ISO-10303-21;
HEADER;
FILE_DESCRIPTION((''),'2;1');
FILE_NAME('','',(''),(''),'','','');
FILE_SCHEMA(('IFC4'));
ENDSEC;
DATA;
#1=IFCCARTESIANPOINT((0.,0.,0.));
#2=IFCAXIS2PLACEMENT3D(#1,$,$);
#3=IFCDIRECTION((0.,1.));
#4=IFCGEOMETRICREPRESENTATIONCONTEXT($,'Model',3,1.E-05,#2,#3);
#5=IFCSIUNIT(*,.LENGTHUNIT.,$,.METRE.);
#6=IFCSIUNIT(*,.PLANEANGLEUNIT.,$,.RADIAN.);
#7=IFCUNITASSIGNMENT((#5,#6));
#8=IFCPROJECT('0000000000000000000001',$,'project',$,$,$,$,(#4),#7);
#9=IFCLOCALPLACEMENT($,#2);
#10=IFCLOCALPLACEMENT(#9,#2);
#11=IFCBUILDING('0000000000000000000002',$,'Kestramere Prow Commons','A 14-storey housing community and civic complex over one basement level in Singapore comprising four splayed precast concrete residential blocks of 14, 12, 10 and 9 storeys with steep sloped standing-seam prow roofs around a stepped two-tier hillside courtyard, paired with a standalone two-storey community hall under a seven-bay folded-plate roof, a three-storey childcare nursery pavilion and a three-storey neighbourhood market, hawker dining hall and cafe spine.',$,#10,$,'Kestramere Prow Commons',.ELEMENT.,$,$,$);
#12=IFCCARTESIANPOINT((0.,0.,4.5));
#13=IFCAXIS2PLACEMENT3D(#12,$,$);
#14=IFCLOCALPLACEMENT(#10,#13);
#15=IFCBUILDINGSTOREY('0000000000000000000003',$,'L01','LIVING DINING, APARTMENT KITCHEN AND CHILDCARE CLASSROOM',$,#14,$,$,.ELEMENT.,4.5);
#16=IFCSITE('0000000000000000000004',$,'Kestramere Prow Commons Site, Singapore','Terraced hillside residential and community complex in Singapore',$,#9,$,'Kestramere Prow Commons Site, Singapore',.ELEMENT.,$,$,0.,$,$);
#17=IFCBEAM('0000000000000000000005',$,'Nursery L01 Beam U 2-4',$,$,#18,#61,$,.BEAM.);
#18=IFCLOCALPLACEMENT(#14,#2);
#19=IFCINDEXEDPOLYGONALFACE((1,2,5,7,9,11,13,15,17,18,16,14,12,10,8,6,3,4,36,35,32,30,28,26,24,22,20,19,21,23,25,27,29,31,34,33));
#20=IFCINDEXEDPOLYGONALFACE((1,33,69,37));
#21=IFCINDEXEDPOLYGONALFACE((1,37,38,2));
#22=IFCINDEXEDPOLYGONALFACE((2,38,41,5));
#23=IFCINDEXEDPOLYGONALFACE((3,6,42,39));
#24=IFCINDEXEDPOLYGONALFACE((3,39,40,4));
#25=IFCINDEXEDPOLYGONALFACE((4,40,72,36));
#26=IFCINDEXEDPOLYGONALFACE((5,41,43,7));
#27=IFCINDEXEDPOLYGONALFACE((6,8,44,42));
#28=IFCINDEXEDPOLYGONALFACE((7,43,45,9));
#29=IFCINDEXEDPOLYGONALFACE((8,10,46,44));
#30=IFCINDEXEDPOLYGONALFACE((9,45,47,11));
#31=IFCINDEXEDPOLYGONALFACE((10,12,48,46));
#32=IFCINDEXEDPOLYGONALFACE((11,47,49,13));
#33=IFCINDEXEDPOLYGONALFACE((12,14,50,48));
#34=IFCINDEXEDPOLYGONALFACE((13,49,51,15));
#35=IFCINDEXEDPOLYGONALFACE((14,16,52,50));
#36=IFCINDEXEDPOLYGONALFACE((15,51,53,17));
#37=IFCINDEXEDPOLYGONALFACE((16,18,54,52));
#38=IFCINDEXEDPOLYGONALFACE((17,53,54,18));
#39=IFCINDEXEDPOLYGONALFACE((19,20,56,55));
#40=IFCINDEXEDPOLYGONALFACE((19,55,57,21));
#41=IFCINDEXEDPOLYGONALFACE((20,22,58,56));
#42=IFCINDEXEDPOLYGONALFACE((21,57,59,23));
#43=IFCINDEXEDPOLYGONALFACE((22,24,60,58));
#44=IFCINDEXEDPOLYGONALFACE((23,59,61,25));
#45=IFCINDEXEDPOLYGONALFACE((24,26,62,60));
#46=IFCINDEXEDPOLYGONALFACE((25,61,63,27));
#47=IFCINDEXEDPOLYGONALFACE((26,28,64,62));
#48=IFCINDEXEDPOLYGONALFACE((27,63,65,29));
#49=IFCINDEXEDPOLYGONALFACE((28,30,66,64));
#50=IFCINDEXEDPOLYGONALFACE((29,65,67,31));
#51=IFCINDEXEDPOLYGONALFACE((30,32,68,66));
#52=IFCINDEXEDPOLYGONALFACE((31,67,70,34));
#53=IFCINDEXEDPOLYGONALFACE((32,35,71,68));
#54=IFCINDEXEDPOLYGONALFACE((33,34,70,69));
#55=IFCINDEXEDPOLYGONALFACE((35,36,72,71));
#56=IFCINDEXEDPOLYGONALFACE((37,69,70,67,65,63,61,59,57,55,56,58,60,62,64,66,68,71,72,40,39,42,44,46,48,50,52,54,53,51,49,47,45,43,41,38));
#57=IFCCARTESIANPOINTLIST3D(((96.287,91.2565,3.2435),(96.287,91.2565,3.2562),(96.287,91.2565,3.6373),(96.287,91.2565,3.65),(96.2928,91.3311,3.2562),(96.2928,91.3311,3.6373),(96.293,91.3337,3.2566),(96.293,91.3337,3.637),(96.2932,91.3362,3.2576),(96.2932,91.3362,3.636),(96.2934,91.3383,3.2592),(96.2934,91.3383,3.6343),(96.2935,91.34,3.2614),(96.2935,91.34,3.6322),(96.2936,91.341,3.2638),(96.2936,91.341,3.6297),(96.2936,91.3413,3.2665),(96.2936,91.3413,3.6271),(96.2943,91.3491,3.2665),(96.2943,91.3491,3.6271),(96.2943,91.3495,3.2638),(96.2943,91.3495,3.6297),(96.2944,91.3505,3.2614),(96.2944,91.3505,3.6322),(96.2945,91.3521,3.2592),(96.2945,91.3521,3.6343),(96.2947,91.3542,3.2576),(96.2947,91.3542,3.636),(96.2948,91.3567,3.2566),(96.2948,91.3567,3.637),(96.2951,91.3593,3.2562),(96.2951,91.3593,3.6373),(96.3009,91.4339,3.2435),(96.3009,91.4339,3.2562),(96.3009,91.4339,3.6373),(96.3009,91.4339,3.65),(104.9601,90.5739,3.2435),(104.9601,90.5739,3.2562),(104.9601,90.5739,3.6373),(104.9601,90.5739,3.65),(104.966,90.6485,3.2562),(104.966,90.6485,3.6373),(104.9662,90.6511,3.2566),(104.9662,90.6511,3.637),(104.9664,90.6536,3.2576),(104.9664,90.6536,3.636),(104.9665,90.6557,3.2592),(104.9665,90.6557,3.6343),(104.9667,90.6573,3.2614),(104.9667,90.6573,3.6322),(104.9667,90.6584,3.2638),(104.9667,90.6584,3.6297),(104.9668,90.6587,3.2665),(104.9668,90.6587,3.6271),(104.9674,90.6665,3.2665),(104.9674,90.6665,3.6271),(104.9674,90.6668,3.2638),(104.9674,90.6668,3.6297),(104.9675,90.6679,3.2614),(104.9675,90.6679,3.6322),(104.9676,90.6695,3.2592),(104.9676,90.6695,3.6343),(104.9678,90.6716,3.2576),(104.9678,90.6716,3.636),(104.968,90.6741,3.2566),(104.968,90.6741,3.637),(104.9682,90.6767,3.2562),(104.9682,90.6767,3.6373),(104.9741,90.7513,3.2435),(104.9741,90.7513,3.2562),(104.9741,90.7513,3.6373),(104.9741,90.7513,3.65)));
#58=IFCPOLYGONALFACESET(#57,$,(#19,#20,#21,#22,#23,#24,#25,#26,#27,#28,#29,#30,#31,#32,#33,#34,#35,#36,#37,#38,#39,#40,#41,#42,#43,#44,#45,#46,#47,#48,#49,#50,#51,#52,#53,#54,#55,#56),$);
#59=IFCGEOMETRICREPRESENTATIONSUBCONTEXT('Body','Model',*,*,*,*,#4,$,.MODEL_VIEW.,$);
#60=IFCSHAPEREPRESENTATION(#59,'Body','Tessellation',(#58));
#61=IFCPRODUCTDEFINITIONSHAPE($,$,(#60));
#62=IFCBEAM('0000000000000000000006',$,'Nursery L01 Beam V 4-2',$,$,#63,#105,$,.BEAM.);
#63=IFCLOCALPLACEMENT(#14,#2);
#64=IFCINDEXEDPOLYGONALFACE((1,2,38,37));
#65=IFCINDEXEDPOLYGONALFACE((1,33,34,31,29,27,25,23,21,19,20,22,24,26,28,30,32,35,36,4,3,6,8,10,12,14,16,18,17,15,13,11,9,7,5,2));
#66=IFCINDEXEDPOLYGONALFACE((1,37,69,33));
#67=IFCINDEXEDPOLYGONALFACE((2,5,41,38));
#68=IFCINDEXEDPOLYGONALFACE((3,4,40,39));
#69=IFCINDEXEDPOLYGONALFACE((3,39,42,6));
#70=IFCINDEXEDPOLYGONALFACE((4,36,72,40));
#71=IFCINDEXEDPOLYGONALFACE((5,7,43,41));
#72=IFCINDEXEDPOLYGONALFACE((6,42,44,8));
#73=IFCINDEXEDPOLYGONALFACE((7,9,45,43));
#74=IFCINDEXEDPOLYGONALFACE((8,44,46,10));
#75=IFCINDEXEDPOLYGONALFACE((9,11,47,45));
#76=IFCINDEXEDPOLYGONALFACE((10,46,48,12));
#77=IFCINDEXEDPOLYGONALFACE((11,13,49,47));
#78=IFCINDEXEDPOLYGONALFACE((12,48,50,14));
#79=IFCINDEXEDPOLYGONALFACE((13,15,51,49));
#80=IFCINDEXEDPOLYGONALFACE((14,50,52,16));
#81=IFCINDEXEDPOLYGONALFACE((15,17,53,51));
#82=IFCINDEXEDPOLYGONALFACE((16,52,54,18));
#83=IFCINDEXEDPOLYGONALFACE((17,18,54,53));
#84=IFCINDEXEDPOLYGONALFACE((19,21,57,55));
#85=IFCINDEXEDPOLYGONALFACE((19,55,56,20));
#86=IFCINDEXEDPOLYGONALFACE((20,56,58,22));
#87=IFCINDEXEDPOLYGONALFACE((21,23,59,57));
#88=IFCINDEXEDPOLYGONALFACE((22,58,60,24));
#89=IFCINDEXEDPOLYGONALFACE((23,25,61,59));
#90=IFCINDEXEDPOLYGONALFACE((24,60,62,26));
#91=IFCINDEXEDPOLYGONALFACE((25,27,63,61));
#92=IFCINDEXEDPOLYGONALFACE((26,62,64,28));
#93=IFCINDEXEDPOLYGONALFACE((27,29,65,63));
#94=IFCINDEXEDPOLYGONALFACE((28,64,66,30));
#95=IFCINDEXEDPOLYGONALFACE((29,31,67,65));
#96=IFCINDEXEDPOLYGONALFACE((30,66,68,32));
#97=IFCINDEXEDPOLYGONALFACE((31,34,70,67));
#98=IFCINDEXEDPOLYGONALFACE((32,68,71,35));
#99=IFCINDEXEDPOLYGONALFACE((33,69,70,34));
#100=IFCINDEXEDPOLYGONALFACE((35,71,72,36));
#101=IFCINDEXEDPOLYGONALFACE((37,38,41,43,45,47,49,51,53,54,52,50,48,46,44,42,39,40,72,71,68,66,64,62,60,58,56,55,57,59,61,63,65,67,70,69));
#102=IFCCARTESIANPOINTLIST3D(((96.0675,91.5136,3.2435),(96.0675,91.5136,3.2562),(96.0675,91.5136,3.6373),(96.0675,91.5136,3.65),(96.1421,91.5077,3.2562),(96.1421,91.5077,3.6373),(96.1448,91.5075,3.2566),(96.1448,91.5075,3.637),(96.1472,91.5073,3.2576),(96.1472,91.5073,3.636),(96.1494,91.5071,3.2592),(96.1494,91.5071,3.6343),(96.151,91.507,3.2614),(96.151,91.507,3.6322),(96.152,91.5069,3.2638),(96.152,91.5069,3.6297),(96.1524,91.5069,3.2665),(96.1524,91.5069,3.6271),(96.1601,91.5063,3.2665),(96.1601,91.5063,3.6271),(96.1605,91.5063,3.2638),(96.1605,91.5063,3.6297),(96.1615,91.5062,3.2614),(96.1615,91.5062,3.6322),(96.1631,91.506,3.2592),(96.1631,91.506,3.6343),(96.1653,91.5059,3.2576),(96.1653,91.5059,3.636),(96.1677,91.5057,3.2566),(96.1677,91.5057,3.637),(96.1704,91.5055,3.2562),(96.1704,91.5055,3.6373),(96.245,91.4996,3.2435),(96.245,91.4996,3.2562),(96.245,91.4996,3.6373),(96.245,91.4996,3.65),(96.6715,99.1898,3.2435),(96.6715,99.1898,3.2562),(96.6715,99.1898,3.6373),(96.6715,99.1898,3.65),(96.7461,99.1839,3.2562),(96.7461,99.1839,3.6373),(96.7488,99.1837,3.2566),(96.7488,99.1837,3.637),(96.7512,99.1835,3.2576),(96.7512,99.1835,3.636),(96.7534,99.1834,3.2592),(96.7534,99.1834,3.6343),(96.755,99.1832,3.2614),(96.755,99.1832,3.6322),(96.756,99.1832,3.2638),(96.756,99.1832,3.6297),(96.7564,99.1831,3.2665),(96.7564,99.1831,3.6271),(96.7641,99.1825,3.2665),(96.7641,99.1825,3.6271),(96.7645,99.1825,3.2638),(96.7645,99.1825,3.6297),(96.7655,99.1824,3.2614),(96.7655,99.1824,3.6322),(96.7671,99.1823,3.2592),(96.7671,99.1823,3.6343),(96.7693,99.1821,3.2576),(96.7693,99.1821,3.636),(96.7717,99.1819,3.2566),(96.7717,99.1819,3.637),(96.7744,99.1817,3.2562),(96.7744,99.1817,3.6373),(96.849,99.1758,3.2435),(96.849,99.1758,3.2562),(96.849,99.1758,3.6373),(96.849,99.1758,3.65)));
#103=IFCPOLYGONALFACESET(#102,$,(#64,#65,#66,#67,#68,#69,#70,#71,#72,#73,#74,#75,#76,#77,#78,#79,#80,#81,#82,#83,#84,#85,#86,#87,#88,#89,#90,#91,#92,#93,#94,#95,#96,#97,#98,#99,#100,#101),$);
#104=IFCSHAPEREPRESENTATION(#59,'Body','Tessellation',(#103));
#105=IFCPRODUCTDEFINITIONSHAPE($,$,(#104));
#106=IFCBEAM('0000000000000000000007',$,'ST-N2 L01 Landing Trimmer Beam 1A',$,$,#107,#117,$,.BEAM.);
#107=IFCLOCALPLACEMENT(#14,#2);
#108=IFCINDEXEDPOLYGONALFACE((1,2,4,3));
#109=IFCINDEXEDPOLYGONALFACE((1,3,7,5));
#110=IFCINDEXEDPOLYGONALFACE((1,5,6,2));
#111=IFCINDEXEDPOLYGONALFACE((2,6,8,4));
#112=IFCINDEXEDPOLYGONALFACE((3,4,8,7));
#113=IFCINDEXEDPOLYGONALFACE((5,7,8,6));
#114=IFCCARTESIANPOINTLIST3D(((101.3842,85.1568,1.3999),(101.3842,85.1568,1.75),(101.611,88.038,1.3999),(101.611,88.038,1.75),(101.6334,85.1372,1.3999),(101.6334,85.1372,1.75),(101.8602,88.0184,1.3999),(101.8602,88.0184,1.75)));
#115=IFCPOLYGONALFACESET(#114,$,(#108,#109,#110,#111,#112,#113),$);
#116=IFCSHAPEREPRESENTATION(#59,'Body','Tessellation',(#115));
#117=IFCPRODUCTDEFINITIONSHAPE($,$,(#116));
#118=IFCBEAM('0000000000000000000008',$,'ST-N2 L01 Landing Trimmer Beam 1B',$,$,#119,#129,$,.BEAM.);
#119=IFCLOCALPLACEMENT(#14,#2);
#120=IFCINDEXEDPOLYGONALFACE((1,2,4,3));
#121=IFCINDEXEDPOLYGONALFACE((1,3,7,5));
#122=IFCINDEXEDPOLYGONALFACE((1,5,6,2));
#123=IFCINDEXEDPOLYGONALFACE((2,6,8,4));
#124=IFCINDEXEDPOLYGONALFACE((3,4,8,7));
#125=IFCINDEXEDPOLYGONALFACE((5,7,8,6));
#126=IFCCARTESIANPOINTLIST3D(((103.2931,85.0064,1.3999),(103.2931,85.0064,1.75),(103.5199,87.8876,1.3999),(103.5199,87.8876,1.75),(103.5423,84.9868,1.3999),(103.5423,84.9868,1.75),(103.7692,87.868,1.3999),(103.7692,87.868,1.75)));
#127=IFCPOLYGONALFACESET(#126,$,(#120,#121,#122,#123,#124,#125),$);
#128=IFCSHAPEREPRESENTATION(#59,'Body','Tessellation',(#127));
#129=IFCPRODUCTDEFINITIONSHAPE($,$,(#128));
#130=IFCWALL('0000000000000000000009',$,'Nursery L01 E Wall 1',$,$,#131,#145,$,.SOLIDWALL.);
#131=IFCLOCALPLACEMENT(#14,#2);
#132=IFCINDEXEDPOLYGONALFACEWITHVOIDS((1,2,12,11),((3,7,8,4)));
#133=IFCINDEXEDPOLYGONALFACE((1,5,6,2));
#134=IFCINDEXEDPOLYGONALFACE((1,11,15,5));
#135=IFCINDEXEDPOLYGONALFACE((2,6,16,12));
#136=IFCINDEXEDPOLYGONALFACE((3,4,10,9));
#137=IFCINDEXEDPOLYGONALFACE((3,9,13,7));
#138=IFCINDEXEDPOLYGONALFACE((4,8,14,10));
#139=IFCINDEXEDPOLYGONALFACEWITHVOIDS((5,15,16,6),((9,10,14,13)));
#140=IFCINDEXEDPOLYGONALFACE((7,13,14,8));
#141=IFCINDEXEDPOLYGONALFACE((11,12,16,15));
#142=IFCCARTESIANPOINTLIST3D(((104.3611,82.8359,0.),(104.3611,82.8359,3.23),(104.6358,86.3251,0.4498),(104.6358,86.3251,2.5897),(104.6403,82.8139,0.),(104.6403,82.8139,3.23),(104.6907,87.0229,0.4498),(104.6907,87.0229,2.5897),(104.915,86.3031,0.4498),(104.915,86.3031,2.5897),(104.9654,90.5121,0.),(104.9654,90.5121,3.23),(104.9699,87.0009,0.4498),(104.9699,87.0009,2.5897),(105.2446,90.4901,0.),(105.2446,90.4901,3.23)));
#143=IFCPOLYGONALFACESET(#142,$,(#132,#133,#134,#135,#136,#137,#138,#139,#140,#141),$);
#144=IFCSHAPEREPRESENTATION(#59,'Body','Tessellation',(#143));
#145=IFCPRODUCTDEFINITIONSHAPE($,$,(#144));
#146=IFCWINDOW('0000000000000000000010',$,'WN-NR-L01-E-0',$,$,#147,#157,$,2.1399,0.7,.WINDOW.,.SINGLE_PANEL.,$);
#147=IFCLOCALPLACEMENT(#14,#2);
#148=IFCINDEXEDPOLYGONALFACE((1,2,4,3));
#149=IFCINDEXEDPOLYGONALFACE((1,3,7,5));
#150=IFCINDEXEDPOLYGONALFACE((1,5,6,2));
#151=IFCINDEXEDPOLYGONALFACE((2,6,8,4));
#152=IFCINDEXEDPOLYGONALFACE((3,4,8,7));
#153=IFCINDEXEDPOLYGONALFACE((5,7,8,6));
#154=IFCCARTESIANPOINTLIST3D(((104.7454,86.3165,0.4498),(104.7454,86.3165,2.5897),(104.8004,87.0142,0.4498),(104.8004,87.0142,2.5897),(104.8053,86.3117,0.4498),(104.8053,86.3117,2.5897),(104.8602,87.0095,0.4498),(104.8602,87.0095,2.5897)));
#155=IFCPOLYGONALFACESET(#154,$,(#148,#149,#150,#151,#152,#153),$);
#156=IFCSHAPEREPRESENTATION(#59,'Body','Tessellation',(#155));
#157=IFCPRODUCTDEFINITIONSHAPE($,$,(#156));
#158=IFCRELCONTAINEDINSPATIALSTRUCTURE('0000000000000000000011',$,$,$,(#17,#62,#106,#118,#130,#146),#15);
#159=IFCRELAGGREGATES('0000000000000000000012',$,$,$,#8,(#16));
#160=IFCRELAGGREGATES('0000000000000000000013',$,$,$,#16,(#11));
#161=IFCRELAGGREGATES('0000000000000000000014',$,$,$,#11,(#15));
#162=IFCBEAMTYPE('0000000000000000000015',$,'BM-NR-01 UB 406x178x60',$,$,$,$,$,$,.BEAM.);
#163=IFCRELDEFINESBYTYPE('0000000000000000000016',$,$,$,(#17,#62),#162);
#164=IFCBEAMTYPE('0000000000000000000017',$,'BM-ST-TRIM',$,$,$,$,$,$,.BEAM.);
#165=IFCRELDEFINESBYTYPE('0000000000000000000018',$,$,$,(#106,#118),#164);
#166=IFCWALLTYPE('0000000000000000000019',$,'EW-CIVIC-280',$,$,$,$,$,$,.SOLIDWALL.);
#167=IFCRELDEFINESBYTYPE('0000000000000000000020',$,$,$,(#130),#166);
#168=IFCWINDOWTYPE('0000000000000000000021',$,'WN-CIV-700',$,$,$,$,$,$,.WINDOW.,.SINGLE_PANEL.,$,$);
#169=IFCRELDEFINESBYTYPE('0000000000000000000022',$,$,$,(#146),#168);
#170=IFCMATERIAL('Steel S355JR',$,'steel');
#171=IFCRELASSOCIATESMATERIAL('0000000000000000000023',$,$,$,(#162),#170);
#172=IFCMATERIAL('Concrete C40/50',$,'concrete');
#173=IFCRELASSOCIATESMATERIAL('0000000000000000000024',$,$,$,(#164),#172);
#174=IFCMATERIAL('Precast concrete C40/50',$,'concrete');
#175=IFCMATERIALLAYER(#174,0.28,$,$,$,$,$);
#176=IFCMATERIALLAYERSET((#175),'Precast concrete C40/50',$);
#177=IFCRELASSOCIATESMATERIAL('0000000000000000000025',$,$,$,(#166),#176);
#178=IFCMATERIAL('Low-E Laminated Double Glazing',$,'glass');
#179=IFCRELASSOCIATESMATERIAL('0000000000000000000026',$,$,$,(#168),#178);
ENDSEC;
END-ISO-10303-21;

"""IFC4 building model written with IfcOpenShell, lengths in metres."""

from ifc_helpers import new_model, si_unit, direction, frame, frame_2d, origin, origin_2d, place, context, subcontext, project, spatial, rectangle, i_section, extrude, material, layer, layer_set, material_profile, profile_set, type_object, element, fill, save


model = new_model("IFC4")

# Units and contexts
model_context = context("Model", 3, precision=1e-05, world=origin(), true_north=direction((0.0, 1.0)))
body_context = subcontext(model_context, "Body", "Model", "MODEL_VIEW")
ifc_project = project(units=[si_unit("LENGTHUNIT", "METRE"), si_unit("PLANEANGLEUNIT", "RADIAN")], contexts=[model_context])

# Site, building, storey
site_placement = place(None, origin())
site = spatial("IfcSite", under=ifc_project, at=site_placement, Name="Kestramere Prow Commons Site, Singapore", Description="Terraced hillside residential and community complex in Singapore", LongName="Kestramere Prow Commons Site, Singapore", CompositionType="ELEMENT", RefElevation=0.0)
building_placement = place(site_placement, origin())
building = spatial("IfcBuilding", under=site, at=building_placement, Name="Kestramere Prow Commons", Description="A 14-storey housing community and civic complex over one basement level in Singapore comprising four splayed precast concrete residential blocks of 14, 12, 10 and 9 storeys with steep sloped standing-seam prow roofs around a stepped two-tier hillside courtyard, paired with a standalone two-storey community hall under a seven-bay folded-plate roof, a three-storey childcare nursery pavilion and a three-storey neighbourhood market, hawker dining hall and cafe spine.", LongName="Kestramere Prow Commons", CompositionType="ELEMENT")
storey_placement = place(building_placement, frame((0.0, 0.0, 4.5)))
storey = spatial("IfcBuildingStorey", under=building, at=storey_placement, Name="L01", Description="LIVING DINING, APARTMENT KITCHEN AND CHILDCARE CLASSROOM", CompositionType="ELEMENT", Elevation=4.5)

# Beams
ifc_material_1 = material(Name="Steel S355JR", Category="steel")
ifc_material_profile_1 = material_profile(ifc_material_1, i_section(OverallWidth=0.178, OverallDepth=0.4065, WebThickness=0.0078, FlangeThickness=0.0127, FilletRadius=0.0103, at=origin_2d()), Name="UB 406x178x60")
ifc_profile_set_1 = profile_set([ifc_material_profile_1], Name="Steel S355JR")
beam_type_1 = type_object("IfcBeamType", Name="BM-NR-01 UB 406x178x60", PredefinedType="BEAM", material=ifc_profile_set_1)
beam_1_placement = place(storey_placement, frame((96.2939, 91.3452, 3.4468), z_axis=(0.996917, -0.078462, 0.0), x_axis=(0.078462, 0.996917, 0.0)))
element("IfcBeam", 1, at=beam_1_placement, inside=storey, type_object=beam_type_1, Name="Nursery L01 Beam U 2-4", PredefinedType="BEAM", context=body_context, shape_type="SweptSolid", body=[
    extrude(i_section(OverallWidth=0.178, OverallDepth=0.4065, WebThickness=0.0078, FlangeThickness=0.0127, FilletRadius=0.0103, at=origin_2d()), origin(), (0.0, 0.0, 1.0), 8.7),
])
beam_2_placement = place(storey_placement, frame((96.1562, 91.5066, 3.4468), z_axis=(0.078442, 0.996919, 0.0), x_axis=(-0.996919, 0.078442, 0.0)))
element("IfcBeam", 2, at=beam_2_placement, inside=storey, type_object=beam_type_1, Name="Nursery L01 Beam V 4-2", PredefinedType="BEAM", context=body_context, shape_type="SweptSolid", body=[
    extrude(i_section(OverallWidth=0.178, OverallDepth=0.4065, WebThickness=0.0078, FlangeThickness=0.0127, FilletRadius=0.0103, at=origin_2d()), origin(), (0.0, 0.0, 1.0), 7.7),
])
ifc_material_2 = material(Name="Concrete C40/50", Category="concrete")
ifc_material_profile_2 = material_profile(ifc_material_2, rectangle(XDim=0.25, YDim=0.3501, at=origin_2d()), Name="PC-BM 250x350")
ifc_profile_set_2 = profile_set([ifc_material_profile_2], Name="Concrete C40/50")
beam_type_2 = type_object("IfcBeamType", Name="BM-ST-TRIM", PredefinedType="BEAM", material=ifc_profile_set_2)
for number, where, z_axis, x_axis, name in (
    (3, (101.5088, 85.147, 1.575), (0.078479, 0.996916, 0.0), (-0.996916, 0.078479, 0.0), "ST-N2 L01 Landing Trimmer Beam 1A"),
    (4, (103.4177, 84.9966, 1.575), (0.078479, 0.996916, 0.0), (-0.996916, 0.078479, 0.0), "ST-N2 L01 Landing Trimmer Beam 1B"),
):
    element("IfcBeam", number, at=place(storey_placement, frame(where, z_axis=z_axis, x_axis=x_axis)), inside=storey, type_object=beam_type_2, Name=name, PredefinedType="BEAM", context=body_context, shape_type="SweptSolid", body=[
        extrude(rectangle(XDim=0.25, YDim=0.3501, at=origin_2d()), origin(), (0.0, 0.0, 1.0), 2.8901),
    ])

# Wall, opening, window
ifc_material_3 = material(Name="Precast concrete C40/50", Category="concrete")
ifc_layer_1 = layer(ifc_material_3, 0.28)
ifc_layer_set_1 = layer_set([ifc_layer_1], Name="Precast concrete C40/50")
wall_type_1 = type_object("IfcWallType", Name="EW-CIVIC-280", PredefinedType="SOLIDWALL", material=ifc_layer_set_1)
wall_1_placement = place(storey_placement, frame((105.105, 90.5012, 0.0), z_axis=(0.0, 0.0, 1.0), x_axis=(-0.078474, -0.996916, 0.0)))
wall_1 = element("IfcWall", 5, at=wall_1_placement, inside=storey, type_object=wall_type_1, Name="Nursery L01 E Wall 1", PredefinedType="SOLIDWALL", context=body_context, shape_type="SweptSolid", body=[
    extrude(rectangle(XDim=7.7, YDim=0.28, at=frame_2d((3.8501, 0.0))), origin(), (0.0, 0.0, 1.0), 3.23),
])
opening_1_placement = place(wall_1_placement, frame((3.5, 0.0, 0.45)))
opening_1 = element("IfcOpeningElement", 6, at=opening_1_placement, cuts=wall_1, PredefinedType="OPENING", context=body_context, shape_type="SweptSolid", body=[
    extrude(rectangle(XDim=0.7, YDim=2.1399, at=frame_2d((0.3501, 1.0698))), frame((0.0, 0.155, 0.0), z_axis=(0.0, -1.0, 0.0), x_axis=(1.0, 0.0, 0.0)), (0.0, 0.0, 1.0), 0.3101),
])
ifc_material_4 = material(Name="Low-E Laminated Double Glazing", Category="glass")
window_type = type_object("IfcWindowType", Name="WN-CIV-700", PartitioningType="SINGLE_PANEL", PredefinedType="WINDOW", material=ifc_material_4)
window_placement = place(opening_1_placement, origin())
window = element("IfcWindow", 7, at=window_placement, inside=storey, type_object=window_type, Name="WN-NR-L01-E-0", OverallHeight=2.1399, OverallWidth=0.7, PartitioningType="SINGLE_PANEL", PredefinedType="WINDOW", context=body_context, shape_type="SweptSolid", body=[
    extrude(rectangle(XDim=0.7, YDim=2.1399, at=frame_2d((0.3501, 1.0698))), frame((0.0, 0.03, 0.0), z_axis=(0.0, -1.0, 0.0), x_axis=(1.0, 0.0, 0.0)), (0.0, 0.0, 1.0), 0.0601),
])
fill(opening_1, window)

save(model, "model.ifc")
